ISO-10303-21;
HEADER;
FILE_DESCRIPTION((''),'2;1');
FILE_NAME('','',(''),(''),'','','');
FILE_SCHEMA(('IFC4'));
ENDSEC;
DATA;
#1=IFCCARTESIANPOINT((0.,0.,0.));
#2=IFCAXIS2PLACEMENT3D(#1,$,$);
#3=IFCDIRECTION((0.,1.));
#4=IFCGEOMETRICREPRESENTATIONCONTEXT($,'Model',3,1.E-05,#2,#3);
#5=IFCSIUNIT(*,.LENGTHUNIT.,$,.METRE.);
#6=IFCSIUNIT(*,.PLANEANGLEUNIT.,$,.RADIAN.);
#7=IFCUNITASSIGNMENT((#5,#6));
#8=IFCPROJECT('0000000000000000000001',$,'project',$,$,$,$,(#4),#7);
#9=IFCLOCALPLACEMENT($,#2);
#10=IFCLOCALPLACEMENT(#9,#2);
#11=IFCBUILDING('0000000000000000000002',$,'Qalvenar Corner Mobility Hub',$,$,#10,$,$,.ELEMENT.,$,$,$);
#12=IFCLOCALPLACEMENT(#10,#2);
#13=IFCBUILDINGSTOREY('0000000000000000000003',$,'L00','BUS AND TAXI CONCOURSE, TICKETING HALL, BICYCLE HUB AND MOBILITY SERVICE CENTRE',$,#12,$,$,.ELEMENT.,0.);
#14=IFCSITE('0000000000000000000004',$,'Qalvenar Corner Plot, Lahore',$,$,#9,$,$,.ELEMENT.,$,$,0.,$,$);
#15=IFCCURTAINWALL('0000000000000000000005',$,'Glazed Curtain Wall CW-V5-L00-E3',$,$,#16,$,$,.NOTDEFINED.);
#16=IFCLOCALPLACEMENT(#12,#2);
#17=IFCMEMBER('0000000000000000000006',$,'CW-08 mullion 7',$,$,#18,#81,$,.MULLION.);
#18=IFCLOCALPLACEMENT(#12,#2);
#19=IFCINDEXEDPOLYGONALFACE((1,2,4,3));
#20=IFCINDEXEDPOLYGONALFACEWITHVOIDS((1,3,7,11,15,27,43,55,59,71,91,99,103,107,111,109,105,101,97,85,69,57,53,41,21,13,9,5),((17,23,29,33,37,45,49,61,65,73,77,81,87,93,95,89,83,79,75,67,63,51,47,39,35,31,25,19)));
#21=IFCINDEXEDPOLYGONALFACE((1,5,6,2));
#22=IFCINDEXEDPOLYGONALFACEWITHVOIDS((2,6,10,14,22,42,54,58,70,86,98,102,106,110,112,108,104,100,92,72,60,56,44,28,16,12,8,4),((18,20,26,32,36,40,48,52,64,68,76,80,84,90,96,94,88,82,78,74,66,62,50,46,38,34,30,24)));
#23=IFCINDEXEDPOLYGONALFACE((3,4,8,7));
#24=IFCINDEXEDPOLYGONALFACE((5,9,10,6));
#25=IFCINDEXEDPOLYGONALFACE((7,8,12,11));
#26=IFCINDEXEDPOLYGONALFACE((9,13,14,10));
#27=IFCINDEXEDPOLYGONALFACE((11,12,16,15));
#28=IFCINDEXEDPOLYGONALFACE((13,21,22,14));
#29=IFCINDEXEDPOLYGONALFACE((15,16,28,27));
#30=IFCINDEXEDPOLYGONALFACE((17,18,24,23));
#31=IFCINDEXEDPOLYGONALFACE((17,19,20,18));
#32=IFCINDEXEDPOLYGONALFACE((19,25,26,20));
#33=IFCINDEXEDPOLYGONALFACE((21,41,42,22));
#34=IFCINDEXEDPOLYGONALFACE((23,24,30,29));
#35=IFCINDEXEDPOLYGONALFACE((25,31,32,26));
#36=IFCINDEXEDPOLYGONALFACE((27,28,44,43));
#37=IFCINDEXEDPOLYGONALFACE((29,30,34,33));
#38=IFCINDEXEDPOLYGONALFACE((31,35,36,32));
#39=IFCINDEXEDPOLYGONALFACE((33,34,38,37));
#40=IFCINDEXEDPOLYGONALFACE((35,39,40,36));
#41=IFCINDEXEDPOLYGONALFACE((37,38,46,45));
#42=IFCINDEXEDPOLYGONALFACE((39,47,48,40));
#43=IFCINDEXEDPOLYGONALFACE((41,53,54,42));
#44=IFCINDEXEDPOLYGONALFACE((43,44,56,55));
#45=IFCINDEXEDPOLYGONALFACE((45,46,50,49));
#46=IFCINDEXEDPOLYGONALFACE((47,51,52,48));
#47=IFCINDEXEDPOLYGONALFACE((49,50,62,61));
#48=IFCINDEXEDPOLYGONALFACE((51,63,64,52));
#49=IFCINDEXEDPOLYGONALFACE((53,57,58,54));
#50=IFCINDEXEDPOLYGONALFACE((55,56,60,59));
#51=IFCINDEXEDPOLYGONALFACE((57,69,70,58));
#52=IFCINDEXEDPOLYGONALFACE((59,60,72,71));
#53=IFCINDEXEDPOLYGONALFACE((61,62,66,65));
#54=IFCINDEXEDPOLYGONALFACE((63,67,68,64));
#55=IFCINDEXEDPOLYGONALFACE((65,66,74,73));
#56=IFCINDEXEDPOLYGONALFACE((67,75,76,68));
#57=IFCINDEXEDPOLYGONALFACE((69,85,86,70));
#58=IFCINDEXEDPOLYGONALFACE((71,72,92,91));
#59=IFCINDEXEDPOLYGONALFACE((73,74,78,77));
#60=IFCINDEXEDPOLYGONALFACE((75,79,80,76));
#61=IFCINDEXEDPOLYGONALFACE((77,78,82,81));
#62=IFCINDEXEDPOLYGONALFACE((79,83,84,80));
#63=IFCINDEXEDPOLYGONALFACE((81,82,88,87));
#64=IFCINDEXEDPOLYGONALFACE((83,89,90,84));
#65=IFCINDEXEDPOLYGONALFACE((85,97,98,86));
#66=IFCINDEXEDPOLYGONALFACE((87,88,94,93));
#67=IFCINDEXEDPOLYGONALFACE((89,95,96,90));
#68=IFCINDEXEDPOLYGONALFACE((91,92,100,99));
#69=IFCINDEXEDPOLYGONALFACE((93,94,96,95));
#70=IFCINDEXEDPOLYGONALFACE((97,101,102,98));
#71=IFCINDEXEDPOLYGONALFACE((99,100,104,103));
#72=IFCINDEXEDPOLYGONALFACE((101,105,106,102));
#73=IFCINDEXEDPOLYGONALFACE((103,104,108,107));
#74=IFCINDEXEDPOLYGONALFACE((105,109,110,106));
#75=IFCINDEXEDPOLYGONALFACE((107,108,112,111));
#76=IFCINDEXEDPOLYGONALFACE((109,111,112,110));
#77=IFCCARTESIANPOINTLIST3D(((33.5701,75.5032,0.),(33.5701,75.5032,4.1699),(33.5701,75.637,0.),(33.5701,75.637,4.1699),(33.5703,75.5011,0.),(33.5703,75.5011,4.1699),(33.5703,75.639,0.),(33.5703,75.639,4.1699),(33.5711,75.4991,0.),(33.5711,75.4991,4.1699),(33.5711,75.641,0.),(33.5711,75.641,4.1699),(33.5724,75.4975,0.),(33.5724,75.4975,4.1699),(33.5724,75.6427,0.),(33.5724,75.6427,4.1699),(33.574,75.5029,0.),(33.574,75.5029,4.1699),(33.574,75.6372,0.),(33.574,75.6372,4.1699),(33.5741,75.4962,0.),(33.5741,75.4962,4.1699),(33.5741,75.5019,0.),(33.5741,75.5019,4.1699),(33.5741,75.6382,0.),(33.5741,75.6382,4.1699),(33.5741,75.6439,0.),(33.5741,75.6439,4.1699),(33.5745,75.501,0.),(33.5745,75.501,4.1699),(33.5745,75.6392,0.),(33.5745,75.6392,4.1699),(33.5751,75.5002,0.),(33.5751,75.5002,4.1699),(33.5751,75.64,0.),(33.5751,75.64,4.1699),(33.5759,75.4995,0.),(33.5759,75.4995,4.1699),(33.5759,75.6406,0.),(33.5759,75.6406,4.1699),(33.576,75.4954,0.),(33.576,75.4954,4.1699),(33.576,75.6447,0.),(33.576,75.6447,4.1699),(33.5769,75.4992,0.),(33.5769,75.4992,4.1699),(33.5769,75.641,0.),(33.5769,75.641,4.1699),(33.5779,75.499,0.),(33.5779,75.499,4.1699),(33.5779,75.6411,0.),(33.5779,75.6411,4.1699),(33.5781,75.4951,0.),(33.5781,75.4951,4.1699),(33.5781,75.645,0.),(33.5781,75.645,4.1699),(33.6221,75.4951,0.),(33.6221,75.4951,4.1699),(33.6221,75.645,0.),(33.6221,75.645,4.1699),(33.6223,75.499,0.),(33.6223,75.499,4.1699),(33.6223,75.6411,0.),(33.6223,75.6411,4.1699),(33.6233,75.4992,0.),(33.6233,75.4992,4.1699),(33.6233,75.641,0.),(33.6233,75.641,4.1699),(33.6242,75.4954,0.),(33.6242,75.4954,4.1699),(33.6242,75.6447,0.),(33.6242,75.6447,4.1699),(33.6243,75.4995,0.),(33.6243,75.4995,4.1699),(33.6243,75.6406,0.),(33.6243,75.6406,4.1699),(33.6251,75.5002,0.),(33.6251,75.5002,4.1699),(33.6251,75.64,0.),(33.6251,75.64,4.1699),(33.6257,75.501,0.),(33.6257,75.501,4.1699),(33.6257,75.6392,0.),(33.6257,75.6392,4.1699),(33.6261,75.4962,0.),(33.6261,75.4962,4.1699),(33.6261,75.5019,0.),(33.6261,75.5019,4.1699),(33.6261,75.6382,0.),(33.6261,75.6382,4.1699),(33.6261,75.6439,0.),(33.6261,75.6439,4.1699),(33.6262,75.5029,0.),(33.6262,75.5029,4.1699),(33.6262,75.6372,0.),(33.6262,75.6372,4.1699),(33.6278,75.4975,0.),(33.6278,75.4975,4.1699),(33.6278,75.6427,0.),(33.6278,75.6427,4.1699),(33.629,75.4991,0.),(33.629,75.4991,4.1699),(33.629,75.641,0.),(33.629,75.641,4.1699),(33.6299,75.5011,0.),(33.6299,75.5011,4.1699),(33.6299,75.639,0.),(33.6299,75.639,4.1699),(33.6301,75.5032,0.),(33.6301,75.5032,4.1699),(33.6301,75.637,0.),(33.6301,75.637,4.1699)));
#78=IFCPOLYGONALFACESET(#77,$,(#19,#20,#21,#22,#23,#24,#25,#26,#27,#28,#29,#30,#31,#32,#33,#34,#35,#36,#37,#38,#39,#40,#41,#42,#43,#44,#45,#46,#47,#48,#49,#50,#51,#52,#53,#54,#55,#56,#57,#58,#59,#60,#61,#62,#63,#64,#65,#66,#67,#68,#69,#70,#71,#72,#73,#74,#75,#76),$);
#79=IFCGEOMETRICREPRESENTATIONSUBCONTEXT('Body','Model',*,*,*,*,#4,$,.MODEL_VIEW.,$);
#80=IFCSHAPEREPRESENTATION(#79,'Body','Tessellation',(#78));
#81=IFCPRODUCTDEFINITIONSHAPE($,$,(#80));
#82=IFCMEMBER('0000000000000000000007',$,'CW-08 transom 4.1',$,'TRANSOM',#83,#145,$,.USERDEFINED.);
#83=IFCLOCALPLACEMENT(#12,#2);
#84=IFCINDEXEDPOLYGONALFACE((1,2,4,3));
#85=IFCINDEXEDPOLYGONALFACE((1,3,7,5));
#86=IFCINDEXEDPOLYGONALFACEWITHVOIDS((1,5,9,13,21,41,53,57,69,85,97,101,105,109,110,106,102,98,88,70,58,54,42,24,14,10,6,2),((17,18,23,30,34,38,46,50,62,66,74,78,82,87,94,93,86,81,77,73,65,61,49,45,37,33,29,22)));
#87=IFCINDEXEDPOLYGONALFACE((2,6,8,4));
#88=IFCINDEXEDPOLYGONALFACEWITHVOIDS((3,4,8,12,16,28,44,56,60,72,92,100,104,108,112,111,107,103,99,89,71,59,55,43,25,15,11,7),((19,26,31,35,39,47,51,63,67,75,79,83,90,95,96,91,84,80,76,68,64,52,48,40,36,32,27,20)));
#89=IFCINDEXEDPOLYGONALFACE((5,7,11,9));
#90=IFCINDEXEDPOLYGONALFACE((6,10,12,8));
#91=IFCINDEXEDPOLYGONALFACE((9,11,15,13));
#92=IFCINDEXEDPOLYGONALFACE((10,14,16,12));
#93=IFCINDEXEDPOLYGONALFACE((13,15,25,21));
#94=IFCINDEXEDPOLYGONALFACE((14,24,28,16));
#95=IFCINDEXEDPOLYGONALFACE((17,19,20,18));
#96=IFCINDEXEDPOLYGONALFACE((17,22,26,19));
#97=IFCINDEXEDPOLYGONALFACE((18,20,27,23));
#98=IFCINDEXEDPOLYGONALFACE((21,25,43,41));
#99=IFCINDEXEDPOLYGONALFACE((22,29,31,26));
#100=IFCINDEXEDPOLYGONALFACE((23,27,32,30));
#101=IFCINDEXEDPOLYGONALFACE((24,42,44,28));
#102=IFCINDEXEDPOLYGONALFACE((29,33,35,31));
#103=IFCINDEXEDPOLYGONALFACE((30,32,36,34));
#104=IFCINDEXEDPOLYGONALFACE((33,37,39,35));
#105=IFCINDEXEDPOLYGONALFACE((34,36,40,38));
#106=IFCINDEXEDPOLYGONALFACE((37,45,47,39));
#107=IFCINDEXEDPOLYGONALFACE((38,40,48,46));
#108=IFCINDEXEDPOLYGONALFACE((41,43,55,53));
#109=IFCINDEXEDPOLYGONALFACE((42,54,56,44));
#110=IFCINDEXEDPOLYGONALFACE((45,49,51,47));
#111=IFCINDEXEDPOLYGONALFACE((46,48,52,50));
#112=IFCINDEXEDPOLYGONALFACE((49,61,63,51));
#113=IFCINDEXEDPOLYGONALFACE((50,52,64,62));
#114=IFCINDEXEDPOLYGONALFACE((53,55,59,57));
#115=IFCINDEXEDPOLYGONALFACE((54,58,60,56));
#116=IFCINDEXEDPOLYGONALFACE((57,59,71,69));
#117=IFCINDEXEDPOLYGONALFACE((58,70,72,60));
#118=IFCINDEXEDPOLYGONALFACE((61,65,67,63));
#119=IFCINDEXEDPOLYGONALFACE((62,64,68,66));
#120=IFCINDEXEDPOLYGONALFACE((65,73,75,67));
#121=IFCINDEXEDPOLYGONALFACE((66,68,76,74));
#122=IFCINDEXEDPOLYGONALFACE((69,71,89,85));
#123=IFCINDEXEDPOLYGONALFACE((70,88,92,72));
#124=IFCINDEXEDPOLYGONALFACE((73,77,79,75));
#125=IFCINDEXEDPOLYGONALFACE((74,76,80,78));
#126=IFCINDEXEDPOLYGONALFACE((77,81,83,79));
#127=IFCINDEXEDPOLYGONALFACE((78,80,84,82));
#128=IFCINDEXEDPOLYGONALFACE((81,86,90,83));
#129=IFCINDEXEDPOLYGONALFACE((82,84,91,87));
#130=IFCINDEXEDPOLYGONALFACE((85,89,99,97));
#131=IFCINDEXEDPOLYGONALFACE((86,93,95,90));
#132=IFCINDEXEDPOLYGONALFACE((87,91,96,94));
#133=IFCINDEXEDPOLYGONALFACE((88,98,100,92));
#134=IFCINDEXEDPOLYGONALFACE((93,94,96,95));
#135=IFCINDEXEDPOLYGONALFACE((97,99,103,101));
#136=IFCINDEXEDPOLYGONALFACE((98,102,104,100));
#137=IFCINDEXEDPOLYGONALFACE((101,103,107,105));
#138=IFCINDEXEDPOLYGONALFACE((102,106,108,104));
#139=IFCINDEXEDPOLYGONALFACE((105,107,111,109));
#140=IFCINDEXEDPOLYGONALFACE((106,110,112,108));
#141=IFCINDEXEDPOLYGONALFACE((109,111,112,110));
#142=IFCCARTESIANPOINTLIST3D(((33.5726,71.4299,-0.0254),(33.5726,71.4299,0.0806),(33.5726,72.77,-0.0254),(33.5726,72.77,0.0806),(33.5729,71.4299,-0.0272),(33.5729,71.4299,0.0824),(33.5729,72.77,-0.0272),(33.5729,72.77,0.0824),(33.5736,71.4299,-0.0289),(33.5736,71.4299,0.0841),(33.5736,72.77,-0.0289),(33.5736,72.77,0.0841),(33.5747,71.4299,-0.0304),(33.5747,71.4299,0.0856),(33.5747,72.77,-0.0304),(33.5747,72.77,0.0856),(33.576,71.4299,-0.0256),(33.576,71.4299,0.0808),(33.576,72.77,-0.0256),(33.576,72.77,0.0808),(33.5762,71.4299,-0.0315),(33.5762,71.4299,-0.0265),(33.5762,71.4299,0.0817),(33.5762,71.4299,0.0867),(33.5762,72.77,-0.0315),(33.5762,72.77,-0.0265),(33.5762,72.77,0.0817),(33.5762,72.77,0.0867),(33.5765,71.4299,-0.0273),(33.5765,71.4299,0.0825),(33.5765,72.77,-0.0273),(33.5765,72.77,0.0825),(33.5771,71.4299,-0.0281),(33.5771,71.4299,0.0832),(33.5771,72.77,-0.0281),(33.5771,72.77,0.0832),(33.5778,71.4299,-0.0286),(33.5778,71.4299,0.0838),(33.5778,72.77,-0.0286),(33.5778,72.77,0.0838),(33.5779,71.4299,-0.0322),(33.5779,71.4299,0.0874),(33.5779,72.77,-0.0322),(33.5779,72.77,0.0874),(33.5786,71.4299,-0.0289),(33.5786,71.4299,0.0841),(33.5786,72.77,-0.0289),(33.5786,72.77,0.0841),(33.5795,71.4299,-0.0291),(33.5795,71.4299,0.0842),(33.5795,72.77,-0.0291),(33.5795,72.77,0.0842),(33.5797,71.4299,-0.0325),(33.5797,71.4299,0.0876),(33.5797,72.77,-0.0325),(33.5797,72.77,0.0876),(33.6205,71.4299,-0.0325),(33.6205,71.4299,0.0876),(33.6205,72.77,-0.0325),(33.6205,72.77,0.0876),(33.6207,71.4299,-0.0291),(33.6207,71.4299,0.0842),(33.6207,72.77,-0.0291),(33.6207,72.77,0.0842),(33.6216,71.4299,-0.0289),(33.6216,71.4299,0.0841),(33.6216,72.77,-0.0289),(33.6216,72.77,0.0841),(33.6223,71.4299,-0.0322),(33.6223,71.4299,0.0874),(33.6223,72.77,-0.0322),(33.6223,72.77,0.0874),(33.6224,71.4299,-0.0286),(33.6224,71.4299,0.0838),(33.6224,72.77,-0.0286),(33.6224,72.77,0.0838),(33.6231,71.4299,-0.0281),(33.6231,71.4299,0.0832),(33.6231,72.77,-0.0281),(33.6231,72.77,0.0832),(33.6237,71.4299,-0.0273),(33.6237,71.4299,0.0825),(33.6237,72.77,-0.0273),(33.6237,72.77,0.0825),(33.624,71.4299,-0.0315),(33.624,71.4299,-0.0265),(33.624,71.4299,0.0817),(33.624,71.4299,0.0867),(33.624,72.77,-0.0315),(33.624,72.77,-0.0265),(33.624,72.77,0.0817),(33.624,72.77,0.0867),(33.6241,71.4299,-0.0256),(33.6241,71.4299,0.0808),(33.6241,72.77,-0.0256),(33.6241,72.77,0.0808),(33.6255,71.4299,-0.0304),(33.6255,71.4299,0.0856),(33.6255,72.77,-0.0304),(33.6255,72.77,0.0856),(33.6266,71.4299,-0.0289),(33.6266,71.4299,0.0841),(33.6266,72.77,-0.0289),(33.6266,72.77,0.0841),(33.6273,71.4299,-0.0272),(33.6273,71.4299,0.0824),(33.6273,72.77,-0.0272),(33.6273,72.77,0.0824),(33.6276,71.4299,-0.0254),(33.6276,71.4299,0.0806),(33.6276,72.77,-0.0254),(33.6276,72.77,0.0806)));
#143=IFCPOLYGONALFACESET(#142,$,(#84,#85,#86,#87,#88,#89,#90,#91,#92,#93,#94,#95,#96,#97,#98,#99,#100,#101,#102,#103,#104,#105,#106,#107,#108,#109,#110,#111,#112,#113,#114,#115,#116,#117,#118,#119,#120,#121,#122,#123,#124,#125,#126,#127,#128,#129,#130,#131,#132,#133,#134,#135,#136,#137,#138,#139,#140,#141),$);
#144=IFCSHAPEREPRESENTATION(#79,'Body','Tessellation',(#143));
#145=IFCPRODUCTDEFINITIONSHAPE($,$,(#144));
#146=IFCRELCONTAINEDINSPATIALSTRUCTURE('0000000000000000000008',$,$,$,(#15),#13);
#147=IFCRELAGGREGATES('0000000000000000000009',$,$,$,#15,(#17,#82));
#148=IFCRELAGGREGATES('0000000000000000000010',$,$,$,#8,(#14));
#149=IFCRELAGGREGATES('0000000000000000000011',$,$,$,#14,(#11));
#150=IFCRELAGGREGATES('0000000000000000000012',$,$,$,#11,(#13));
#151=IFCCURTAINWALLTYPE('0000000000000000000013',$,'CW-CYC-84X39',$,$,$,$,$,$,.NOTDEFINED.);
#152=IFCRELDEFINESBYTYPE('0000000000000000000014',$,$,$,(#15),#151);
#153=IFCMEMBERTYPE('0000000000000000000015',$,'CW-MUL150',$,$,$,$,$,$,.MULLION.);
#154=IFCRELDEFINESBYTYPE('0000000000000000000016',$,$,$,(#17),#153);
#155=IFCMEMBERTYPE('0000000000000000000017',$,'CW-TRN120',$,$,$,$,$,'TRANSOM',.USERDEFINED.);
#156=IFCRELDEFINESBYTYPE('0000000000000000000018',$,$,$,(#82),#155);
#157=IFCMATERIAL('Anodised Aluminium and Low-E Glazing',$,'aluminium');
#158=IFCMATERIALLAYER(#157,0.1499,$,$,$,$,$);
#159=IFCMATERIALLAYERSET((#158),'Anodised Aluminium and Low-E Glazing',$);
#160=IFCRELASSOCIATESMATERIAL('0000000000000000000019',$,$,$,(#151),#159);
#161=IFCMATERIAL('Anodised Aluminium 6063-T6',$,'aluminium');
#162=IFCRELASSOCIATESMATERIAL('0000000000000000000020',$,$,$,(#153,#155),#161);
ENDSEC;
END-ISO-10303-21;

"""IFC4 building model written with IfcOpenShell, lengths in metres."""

from ifc_helpers import new_model, si_unit, direction, frame, origin, origin_2d, place, context, subcontext, project, spatial, hollow_rectangle, extrude, material, layer, layer_set, material_profile, profile_set, type_object, element, aggregate, save


model = new_model("IFC4")

# Units and contexts
model_context = context("Model", 3, precision=1e-05, world=origin(), true_north=direction((0.0, 1.0)))
body_context = subcontext(model_context, "Body", "Model", "MODEL_VIEW")
ifc_project = project(units=[si_unit("LENGTHUNIT", "METRE"), si_unit("PLANEANGLEUNIT", "RADIAN")], contexts=[model_context])

# Site, building, storey
site_placement = place(None, origin())
site = spatial("IfcSite", under=ifc_project, at=site_placement, Name="Qalvenar Corner Plot, Lahore", CompositionType="ELEMENT", RefElevation=0.0)
building_placement = place(site_placement, origin())
building = spatial("IfcBuilding", under=site, at=building_placement, Name="Qalvenar Corner Mobility Hub", CompositionType="ELEMENT")
storey_placement = place(building_placement, origin())
storey = spatial("IfcBuildingStorey", under=building, at=storey_placement, Name="L00", Description="BUS AND TAXI CONCOURSE, TICKETING HALL, BICYCLE HUB AND MOBILITY SERVICE CENTRE", CompositionType="ELEMENT", Elevation=0.0)

# Curtain wall, members
ifc_material_1 = material(Name="Anodised Aluminium and Low-E Glazing", Category="aluminium")
ifc_layer_1 = layer(ifc_material_1, 0.1499)
ifc_layer_set_1 = layer_set([ifc_layer_1], Name="Anodised Aluminium and Low-E Glazing")
curtain_wall_type = type_object("IfcCurtainWallType", Name="CW-CYC-84X39", PredefinedType="NOTDEFINED", material=ifc_layer_set_1)
curtain_wall_placement = place(storey_placement, origin())
curtain_wall = element("IfcCurtainWall", 1, at=curtain_wall_placement, inside=storey, type_object=curtain_wall_type, Name="Glazed Curtain Wall CW-V5-L00-E3", PredefinedType="NOTDEFINED")
ifc_material_2 = material(Name="Anodised Aluminium 6063-T6", Category="aluminium")
ifc_material_profile_1 = material_profile(ifc_material_2, hollow_rectangle(XDim=0.0601, YDim=0.1499, WallThickness=0.0039, InnerFilletRadius=0.0039, OuterFilletRadius=0.0081, at=origin_2d()), Name="RHS150x60x4")
ifc_profile_set_1 = profile_set([ifc_material_profile_1], Name="Anodised Aluminium 6063-T6")
member_type_1 = type_object("IfcMemberType", Name="CW-MUL150", PredefinedType="MULLION", material=ifc_profile_set_1)
member_1_placement = place(storey_placement, frame((33.6001, 75.5701, 0.0), z_axis=(0.0, 0.0, 1.0), x_axis=(-1.0, 0.0, 0.0)))
member_1 = element("IfcMember", 2, at=member_1_placement, type_object=member_type_1, Name="CW-08 mullion 7", PredefinedType="MULLION", context=body_context, shape_type="SweptSolid", body=[
    extrude(hollow_rectangle(XDim=0.0601, YDim=0.1499, WallThickness=0.0039, InnerFilletRadius=0.0039, OuterFilletRadius=0.0081, at=origin_2d()), origin(), (0.0, 0.0, 1.0), 4.1699),
])
ifc_material_profile_2 = material_profile(ifc_material_2, hollow_rectangle(XDim=0.0549, YDim=0.1201, WallThickness=0.0034, InnerFilletRadius=0.0034, OuterFilletRadius=0.0071, at=origin_2d()), Name="RHS120x55x3.5")
ifc_profile_set_2 = profile_set([ifc_material_profile_2], Name="Anodised Aluminium 6063-T6")
member_type_2 = type_object("IfcMemberType", Name="CW-TRN120", ElementType="TRANSOM", PredefinedType="USERDEFINED", material=ifc_profile_set_2)
member_2_placement = place(storey_placement, frame((33.6001, 71.4299, 0.0276), z_axis=(0.0, 1.0, 0.0), x_axis=(-1.0, 0.0, 0.0)))
member_2 = element("IfcMember", 3, at=member_2_placement, type_object=member_type_2, Name="CW-08 transom 4.1", ObjectType="TRANSOM", PredefinedType="USERDEFINED", context=body_context, shape_type="SweptSolid", body=[
    extrude(hollow_rectangle(XDim=0.0549, YDim=0.1201, WallThickness=0.0034, InnerFilletRadius=0.0034, OuterFilletRadius=0.0071, at=origin_2d()), origin(), (0.0, 0.0, 1.0), 1.3401),
])
aggregate(curtain_wall, [member_1, member_2])

save(model, "model.ifc")
